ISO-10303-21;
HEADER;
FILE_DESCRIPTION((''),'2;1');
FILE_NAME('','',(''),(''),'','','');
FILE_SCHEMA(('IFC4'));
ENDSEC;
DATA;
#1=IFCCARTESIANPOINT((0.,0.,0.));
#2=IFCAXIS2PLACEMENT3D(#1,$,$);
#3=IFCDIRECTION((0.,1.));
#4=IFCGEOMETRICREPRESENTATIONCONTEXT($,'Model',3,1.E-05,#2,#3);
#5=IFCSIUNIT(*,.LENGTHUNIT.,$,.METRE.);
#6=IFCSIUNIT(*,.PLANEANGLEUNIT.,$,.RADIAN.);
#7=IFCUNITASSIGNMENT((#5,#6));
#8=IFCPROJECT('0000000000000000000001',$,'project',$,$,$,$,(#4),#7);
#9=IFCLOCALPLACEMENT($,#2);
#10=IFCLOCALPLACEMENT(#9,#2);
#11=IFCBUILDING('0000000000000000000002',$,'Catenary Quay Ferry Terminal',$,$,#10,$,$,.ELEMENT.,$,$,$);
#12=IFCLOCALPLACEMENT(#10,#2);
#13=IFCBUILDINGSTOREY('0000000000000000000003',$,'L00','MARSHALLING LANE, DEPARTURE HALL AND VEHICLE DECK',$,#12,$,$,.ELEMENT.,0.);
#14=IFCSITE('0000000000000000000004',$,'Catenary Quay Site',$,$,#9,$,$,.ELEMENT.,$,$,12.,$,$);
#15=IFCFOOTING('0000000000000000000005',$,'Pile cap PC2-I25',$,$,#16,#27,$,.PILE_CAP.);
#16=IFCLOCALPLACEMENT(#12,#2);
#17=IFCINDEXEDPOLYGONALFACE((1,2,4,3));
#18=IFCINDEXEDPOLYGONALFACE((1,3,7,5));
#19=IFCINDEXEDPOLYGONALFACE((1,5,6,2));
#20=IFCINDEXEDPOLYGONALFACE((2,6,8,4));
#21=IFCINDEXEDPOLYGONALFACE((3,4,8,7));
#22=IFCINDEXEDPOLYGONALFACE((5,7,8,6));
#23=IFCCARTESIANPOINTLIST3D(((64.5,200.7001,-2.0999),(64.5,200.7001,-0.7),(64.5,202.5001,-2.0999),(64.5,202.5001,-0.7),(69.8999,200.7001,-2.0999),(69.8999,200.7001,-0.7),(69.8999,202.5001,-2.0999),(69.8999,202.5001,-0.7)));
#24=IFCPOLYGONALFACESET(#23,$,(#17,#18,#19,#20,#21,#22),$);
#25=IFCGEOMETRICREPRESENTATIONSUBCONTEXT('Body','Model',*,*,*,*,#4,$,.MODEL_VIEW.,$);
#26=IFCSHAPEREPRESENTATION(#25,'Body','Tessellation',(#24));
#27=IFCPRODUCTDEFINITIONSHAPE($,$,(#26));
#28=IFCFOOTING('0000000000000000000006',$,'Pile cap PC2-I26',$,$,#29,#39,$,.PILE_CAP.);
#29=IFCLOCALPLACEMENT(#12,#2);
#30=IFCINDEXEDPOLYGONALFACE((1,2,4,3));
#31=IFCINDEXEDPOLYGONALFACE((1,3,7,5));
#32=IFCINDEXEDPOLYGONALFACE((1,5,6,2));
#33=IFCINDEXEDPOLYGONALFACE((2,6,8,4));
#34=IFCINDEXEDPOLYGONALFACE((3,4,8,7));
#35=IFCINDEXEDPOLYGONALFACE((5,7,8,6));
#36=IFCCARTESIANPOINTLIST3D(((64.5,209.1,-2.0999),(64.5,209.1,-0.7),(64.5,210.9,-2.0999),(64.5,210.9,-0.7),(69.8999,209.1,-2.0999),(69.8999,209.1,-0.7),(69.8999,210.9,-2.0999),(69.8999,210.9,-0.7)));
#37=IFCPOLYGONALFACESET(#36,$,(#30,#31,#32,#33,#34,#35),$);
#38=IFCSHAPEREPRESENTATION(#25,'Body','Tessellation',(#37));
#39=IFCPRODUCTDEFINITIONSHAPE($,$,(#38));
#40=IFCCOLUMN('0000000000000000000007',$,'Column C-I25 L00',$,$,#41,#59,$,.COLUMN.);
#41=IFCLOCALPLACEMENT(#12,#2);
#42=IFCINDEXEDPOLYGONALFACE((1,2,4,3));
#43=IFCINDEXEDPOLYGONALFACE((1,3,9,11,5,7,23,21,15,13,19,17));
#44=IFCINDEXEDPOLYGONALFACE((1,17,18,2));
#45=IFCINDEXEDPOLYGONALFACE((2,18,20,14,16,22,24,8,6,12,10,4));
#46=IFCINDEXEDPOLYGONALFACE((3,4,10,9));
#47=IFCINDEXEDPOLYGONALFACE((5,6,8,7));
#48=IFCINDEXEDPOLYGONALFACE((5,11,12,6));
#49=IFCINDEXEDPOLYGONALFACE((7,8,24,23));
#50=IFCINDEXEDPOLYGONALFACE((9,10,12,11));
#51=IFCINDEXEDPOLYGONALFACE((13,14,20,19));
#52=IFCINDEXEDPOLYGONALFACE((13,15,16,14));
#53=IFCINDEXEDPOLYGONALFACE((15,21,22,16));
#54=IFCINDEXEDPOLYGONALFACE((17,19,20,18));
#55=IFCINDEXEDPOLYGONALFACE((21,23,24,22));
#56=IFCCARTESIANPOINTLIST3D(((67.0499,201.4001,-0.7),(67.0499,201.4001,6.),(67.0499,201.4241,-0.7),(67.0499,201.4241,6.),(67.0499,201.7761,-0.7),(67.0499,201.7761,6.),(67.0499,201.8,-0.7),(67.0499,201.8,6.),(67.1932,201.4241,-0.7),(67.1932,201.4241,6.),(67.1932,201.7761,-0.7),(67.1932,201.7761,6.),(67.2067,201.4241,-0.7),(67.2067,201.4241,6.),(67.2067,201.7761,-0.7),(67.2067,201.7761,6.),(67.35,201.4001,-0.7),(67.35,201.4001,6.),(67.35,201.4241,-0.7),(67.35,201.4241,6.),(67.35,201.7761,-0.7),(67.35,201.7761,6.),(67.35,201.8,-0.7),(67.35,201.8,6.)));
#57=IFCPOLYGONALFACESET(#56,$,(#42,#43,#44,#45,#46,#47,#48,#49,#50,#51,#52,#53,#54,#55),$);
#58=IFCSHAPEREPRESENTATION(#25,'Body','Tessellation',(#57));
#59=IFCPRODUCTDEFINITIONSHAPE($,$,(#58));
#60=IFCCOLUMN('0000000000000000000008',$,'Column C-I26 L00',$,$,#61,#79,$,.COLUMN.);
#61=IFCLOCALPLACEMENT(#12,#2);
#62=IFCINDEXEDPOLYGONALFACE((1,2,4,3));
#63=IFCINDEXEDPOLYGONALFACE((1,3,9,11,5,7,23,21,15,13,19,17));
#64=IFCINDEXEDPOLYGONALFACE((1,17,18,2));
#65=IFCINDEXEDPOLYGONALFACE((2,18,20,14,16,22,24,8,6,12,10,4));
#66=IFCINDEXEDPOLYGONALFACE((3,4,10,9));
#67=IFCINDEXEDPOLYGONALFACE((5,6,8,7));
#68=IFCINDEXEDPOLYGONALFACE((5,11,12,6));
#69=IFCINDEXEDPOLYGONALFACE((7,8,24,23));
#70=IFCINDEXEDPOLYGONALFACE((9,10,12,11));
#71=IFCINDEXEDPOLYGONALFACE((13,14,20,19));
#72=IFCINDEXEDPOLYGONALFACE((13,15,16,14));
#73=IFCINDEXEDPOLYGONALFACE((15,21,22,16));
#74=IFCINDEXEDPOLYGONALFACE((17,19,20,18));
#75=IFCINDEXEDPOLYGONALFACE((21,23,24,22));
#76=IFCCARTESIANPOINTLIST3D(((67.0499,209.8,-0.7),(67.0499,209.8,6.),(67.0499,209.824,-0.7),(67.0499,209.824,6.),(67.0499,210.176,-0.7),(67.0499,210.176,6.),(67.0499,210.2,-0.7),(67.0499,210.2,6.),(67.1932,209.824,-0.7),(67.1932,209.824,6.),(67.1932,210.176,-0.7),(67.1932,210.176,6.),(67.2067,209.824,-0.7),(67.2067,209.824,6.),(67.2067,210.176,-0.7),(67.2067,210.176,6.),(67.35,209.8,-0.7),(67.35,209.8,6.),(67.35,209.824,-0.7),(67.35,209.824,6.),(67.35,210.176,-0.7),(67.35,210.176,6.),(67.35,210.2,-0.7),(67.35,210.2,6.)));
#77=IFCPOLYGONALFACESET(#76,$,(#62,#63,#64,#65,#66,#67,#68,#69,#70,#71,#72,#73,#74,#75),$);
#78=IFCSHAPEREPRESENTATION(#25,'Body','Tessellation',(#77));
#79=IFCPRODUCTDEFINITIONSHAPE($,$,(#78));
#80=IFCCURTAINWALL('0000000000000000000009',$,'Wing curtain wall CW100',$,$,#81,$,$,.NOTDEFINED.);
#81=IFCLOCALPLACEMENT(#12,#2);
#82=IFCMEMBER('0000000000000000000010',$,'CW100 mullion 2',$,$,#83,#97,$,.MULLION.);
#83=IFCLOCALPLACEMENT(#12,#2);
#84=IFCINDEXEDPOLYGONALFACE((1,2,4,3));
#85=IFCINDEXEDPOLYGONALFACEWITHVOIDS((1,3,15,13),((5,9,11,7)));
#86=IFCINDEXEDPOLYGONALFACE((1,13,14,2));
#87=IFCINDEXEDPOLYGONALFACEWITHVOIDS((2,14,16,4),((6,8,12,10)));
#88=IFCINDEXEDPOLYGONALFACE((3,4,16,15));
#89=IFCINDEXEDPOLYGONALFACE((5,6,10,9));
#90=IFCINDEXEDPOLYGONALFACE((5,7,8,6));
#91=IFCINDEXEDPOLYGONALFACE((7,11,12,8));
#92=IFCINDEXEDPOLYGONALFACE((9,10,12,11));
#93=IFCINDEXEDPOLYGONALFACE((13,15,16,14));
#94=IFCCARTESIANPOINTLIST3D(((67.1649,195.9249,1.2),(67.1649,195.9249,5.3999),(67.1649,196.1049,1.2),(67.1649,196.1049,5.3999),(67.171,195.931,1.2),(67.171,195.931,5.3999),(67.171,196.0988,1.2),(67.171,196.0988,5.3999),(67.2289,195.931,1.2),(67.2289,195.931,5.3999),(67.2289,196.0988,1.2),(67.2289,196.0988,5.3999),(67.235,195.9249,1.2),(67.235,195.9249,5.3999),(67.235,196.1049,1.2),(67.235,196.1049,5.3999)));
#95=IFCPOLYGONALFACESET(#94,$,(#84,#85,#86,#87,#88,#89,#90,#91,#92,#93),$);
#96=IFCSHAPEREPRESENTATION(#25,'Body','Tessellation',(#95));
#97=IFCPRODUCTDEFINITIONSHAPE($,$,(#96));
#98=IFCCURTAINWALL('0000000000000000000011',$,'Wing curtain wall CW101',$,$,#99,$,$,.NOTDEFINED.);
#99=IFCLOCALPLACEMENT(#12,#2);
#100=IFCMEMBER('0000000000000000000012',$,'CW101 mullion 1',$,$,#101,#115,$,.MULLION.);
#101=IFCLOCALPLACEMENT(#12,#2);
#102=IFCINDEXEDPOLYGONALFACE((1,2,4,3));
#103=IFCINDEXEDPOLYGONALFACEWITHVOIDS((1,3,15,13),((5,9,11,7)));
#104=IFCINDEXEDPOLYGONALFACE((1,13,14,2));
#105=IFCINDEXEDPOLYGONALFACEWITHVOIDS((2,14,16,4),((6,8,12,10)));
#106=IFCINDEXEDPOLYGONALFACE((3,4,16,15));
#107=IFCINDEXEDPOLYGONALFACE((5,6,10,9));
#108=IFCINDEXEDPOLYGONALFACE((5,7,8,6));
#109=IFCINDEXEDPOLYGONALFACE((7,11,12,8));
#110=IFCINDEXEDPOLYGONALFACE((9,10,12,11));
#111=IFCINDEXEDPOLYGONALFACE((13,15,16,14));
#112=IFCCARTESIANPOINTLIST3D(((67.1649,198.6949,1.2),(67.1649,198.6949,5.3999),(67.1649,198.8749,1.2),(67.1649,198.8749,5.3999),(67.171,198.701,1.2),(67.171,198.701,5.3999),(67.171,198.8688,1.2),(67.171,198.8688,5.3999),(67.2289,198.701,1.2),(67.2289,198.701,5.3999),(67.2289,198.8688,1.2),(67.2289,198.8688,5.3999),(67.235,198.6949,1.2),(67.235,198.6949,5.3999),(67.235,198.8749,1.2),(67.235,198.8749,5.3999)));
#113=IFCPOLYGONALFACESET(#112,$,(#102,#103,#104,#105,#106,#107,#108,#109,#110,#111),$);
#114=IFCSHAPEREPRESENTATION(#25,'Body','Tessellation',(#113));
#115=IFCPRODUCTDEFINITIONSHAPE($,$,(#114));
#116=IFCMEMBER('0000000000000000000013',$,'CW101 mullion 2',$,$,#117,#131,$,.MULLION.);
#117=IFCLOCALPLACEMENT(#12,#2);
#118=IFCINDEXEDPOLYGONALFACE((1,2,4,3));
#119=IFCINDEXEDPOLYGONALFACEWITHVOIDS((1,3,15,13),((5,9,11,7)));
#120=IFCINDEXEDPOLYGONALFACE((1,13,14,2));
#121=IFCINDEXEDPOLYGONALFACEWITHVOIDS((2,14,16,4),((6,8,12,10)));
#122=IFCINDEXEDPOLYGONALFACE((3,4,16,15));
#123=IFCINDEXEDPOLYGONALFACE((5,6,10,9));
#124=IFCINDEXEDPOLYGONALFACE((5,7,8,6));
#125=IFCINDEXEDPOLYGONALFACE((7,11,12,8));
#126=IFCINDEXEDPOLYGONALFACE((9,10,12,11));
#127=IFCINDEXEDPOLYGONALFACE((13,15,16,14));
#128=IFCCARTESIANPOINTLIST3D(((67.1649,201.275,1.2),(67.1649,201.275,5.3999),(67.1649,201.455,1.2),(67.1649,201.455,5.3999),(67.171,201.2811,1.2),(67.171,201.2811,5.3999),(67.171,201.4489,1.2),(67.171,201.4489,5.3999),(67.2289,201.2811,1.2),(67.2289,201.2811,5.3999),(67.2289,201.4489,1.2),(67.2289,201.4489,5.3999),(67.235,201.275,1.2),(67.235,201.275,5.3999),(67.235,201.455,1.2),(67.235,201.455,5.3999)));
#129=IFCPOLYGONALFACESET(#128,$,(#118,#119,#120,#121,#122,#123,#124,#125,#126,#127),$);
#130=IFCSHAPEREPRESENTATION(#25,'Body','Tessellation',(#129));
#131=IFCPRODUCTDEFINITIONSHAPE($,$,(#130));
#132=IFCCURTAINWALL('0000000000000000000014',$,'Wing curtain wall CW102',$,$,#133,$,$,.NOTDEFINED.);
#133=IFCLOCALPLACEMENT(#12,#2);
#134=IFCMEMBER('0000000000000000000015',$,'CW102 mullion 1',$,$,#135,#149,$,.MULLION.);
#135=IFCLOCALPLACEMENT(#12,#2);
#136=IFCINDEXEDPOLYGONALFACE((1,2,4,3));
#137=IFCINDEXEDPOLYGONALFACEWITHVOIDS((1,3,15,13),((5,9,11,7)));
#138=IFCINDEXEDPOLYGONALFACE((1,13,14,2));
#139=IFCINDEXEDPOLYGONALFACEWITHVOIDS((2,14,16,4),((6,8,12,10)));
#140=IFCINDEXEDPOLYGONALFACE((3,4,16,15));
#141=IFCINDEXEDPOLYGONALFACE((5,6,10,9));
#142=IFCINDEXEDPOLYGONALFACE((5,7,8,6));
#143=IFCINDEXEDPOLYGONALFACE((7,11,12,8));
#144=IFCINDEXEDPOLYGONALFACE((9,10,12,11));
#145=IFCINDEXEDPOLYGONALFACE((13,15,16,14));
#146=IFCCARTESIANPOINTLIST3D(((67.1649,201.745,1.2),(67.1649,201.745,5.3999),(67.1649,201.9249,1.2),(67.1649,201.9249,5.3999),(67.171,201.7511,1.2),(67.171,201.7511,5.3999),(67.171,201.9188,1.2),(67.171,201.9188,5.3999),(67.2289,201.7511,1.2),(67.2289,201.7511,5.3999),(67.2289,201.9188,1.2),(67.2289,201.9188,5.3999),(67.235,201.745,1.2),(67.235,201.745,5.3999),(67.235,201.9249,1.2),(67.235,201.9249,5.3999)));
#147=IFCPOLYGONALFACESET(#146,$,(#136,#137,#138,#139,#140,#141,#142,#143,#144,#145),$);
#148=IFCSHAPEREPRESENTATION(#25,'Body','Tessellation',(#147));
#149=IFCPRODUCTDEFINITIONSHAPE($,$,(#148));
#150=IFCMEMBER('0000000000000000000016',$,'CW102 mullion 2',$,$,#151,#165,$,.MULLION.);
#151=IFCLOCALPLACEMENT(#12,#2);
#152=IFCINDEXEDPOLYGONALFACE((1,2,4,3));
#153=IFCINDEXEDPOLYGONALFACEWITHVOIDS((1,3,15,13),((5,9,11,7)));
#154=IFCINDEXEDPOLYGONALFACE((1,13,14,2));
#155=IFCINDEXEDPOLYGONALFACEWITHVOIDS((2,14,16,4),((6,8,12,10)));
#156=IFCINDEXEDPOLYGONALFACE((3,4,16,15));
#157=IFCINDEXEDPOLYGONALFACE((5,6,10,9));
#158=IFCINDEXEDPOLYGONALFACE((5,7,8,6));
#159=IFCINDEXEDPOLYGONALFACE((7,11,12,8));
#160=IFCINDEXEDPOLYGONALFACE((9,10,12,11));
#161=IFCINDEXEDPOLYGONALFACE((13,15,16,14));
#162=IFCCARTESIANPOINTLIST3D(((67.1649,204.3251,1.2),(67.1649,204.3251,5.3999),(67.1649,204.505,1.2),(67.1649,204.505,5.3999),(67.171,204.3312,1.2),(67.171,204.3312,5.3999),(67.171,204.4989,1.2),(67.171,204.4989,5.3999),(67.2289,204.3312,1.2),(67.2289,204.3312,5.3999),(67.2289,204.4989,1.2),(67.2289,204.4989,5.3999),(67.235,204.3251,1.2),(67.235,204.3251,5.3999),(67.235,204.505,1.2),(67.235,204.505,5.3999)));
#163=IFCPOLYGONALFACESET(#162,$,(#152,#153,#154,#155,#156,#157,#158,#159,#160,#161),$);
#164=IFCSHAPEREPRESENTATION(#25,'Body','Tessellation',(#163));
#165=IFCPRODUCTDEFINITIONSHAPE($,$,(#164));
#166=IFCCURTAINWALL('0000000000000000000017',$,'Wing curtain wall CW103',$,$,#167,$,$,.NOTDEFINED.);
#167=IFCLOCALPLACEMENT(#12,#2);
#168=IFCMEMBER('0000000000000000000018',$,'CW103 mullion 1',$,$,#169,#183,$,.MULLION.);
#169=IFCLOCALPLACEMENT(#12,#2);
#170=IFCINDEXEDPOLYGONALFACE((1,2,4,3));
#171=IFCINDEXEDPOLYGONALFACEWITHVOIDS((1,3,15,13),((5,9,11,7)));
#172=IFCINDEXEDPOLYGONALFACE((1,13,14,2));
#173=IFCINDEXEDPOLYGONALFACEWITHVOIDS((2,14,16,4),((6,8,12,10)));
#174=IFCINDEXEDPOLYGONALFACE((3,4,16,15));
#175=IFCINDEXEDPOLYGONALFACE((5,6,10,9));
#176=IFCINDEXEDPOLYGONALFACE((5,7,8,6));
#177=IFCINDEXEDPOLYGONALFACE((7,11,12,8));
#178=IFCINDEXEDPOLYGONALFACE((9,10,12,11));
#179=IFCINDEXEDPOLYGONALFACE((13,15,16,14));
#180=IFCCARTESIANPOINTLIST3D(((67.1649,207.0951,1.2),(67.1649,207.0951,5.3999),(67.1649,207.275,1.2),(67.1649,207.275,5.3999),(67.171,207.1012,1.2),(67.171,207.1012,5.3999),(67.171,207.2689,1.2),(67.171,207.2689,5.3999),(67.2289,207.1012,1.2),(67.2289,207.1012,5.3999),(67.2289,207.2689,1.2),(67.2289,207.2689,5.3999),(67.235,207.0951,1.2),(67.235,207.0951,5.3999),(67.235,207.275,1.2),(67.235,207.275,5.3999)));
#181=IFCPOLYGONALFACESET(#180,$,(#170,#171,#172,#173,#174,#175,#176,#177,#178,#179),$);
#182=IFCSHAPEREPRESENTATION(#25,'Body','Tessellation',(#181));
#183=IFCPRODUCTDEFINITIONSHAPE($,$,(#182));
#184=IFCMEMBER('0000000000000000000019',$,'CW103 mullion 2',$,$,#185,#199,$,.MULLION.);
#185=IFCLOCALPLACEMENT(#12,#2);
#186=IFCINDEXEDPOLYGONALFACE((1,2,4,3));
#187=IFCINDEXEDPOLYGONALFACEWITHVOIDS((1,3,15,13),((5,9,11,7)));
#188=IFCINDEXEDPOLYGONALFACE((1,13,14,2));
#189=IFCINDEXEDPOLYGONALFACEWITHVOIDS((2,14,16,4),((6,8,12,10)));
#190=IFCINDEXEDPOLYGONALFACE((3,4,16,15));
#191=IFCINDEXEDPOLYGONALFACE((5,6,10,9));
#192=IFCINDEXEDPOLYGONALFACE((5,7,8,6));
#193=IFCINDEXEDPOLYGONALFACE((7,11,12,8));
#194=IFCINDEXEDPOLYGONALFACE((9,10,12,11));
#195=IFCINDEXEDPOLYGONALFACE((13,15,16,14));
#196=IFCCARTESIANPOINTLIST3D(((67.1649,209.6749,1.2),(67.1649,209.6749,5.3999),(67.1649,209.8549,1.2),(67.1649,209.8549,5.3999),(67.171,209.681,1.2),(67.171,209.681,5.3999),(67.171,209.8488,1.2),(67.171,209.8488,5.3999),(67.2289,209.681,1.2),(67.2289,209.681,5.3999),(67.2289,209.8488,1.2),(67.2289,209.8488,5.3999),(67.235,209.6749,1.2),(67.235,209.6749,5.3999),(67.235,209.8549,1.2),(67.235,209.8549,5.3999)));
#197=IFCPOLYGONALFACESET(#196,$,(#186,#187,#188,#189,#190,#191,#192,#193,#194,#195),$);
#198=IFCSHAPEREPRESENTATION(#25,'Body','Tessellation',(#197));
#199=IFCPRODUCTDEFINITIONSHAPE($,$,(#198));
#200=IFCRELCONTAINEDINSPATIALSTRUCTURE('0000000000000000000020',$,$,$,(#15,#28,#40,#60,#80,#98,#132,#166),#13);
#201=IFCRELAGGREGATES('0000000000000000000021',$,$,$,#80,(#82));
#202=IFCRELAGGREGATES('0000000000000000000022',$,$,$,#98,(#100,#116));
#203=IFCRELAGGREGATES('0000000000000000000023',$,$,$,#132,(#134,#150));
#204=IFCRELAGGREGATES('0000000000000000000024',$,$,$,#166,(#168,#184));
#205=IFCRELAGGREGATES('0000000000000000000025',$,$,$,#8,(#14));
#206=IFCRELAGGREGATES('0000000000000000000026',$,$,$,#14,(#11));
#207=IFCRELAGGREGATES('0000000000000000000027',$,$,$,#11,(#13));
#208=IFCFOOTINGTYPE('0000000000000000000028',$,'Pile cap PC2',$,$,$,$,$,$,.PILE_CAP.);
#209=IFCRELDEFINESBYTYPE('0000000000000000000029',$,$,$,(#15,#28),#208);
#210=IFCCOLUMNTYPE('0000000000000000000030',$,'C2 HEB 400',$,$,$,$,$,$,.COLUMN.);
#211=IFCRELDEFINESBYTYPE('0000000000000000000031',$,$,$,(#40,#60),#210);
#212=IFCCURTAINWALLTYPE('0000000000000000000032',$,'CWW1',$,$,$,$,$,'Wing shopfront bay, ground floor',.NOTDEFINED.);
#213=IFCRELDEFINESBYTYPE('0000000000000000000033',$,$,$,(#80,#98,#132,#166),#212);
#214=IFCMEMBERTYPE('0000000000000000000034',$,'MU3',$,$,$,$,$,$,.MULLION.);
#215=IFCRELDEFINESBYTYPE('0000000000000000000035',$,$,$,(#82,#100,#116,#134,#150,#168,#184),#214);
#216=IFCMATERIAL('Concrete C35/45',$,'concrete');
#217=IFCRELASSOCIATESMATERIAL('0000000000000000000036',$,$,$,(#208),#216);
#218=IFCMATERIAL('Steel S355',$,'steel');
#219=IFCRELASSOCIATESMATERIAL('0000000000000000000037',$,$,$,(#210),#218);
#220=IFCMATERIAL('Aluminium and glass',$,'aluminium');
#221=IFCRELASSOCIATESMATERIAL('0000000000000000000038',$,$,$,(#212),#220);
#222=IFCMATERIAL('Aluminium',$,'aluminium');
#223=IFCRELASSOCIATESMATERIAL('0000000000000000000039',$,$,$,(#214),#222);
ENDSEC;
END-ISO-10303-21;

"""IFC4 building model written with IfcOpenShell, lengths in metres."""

from ifc_helpers import new_model, si_unit, direction, frame, origin, origin_2d, place, context, subcontext, project, spatial, rectangle, hollow_rectangle, i_section, extrude, material, material_profile, profile_set, type_object, element, aggregate, save


model = new_model("IFC4")

# Units and contexts
model_context = context("Model", 3, precision=1e-05, world=origin(), true_north=direction((0.0, 1.0)))
body_context = subcontext(model_context, "Body", "Model", "MODEL_VIEW")
ifc_project = project(units=[si_unit("LENGTHUNIT", "METRE"), si_unit("PLANEANGLEUNIT", "RADIAN")], contexts=[model_context])

# Site, building, storey
site_placement = place(None, origin())
site = spatial("IfcSite", under=ifc_project, at=site_placement, Name="Catenary Quay Site", CompositionType="ELEMENT", RefElevation=12.0)
building_placement = place(site_placement, origin())
building = spatial("IfcBuilding", under=site, at=building_placement, Name="Catenary Quay Ferry Terminal", CompositionType="ELEMENT")
storey_placement = place(building_placement, origin())
storey = spatial("IfcBuildingStorey", under=building, at=storey_placement, Name="L00", Description="MARSHALLING LANE, DEPARTURE HALL AND VEHICLE DECK", CompositionType="ELEMENT", Elevation=0.0)

# Footings
ifc_material_1 = material(Name="Concrete C35/45", Category="concrete")
footing_type = type_object("IfcFootingType", Name="Pile cap PC2", PredefinedType="PILE_CAP", material=ifc_material_1)
for number, where, z_axis, x_axis, name in (
    (1, (67.2, 201.6001, -2.0999), (0.0, 0.0, 1.0), (1.0, 0.0, 0.0), "Pile cap PC2-I25"),
    (2, (67.2, 210.0, -2.0999), (0.0, 0.0, 1.0), (1.0, 0.0, 0.0), "Pile cap PC2-I26"),
):
    element("IfcFooting", number, at=place(storey_placement, frame(where, z_axis=z_axis, x_axis=x_axis)), inside=storey, type_object=footing_type, Name=name, PredefinedType="PILE_CAP", context=body_context, shape_type="SweptSolid", body=[
        extrude(rectangle(XDim=5.3999, YDim=1.8, at=origin_2d()), origin(), (0.0, 0.0, 1.0), 1.3999),
    ])

# Columns
ifc_material_2 = material(Name="Steel S355", Category="steel")
ifc_material_profile_1 = material_profile(ifc_material_2, i_section(OverallWidth=0.3, OverallDepth=0.3999, WebThickness=0.0134, FlangeThickness=0.0239, at=origin_2d()), Name="HEB 400")
ifc_profile_set_1 = profile_set([ifc_material_profile_1], Name="Steel S355")
column_type = type_object("IfcColumnType", Name="C2 HEB 400", PredefinedType="COLUMN", material=ifc_profile_set_1)
for number, where, z_axis, x_axis, name in (
    (3, (67.2, 201.6001, -0.7), (0.0, 0.0, 1.0), (1.0, 0.0, 0.0), "Column C-I25 L00"),
    (4, (67.2, 210.0, -0.7), (0.0, 0.0, 1.0), (1.0, 0.0, 0.0), "Column C-I26 L00"),
):
    element("IfcColumn", number, at=place(storey_placement, frame(where, z_axis=z_axis, x_axis=x_axis)), inside=storey, type_object=column_type, Name=name, PredefinedType="COLUMN", context=body_context, shape_type="SweptSolid", body=[
        extrude(i_section(OverallWidth=0.3, OverallDepth=0.3999, WebThickness=0.0134, FlangeThickness=0.0239, at=origin_2d()), origin(), (0.0, 0.0, 1.0), 6.7),
    ])

# Curtain wall, member
ifc_material_3 = material(Name="Aluminium and glass", Category="aluminium")
curtain_wall_type = type_object("IfcCurtainWallType", Name="CWW1", ElementType="Wing shopfront bay, ground floor", PredefinedType="NOTDEFINED", material=ifc_material_3)
curtain_wall_1_placement = place(storey_placement, origin())
curtain_wall_1 = element("IfcCurtainWall", 5, at=curtain_wall_1_placement, inside=storey, type_object=curtain_wall_type, Name="Wing curtain wall CW100", PredefinedType="NOTDEFINED")
ifc_material_4 = material(Name="Aluminium", Category="aluminium")
ifc_material_profile_2 = material_profile(ifc_material_4, hollow_rectangle(XDim=0.0701, YDim=0.1799, WallThickness=0.0061, at=origin_2d()), Name="MU3")
ifc_profile_set_2 = profile_set([ifc_material_profile_2], Name="Aluminium")
member_type_1 = type_object("IfcMemberType", Name="MU3", PredefinedType="MULLION", material=ifc_profile_set_2)
member_1_placement = place(storey_placement, frame((67.2, 196.0149, 1.2), z_axis=(0.0, 0.0, 1.0), x_axis=(-1.0, 0.0, 0.0)))
member_1 = element("IfcMember", 6, at=member_1_placement, type_object=member_type_1, Name="CW100 mullion 2", PredefinedType="MULLION", context=body_context, shape_type="SweptSolid", body=[
    extrude(hollow_rectangle(XDim=0.0701, YDim=0.1799, WallThickness=0.0061, at=origin_2d()), origin(), (0.0, 0.0, 1.0), 4.2),
])
aggregate(curtain_wall_1, [member_1])

# Curtain walls, members
curtain_wall_2_placement = place(storey_placement, origin())
curtain_wall_2 = element("IfcCurtainWall", 7, at=curtain_wall_2_placement, inside=storey, type_object=curtain_wall_type, Name="Wing curtain wall CW101", PredefinedType="NOTDEFINED")
member_2_placement = place(storey_placement, frame((67.2, 198.7849, 1.2), z_axis=(0.0, 0.0, 1.0), x_axis=(-1.0, 0.0, 0.0)))
member_2 = element("IfcMember", 8, at=member_2_placement, type_object=member_type_1, Name="CW101 mullion 1", PredefinedType="MULLION", context=body_context, shape_type="SweptSolid", body=[
    extrude(hollow_rectangle(XDim=0.0701, YDim=0.1799, WallThickness=0.0061, at=origin_2d()), origin(), (0.0, 0.0, 1.0), 4.2),
])
member_3_placement = place(storey_placement, frame((67.2, 201.365, 1.2), z_axis=(0.0, 0.0, 1.0), x_axis=(-1.0, 0.0, 0.0)))
member_3 = element("IfcMember", 9, at=member_3_placement, type_object=member_type_1, Name="CW101 mullion 2", PredefinedType="MULLION", context=body_context, shape_type="SweptSolid", body=[
    extrude(hollow_rectangle(XDim=0.0701, YDim=0.1799, WallThickness=0.0061, at=origin_2d()), origin(), (0.0, 0.0, 1.0), 4.2),
])
curtain_wall_3_placement = place(storey_placement, origin())
curtain_wall_3 = element("IfcCurtainWall", 10, at=curtain_wall_3_placement, inside=storey, type_object=curtain_wall_type, Name="Wing curtain wall CW102", PredefinedType="NOTDEFINED")
member_4_placement = place(storey_placement, frame((67.2, 201.835, 1.2), z_axis=(0.0, 0.0, 1.0), x_axis=(-1.0, 0.0, 0.0)))
member_4 = element("IfcMember", 11, at=member_4_placement, type_object=member_type_1, Name="CW102 mullion 1", PredefinedType="MULLION", context=body_context, shape_type="SweptSolid", body=[
    extrude(hollow_rectangle(XDim=0.0701, YDim=0.1799, WallThickness=0.0061, at=origin_2d()), origin(), (0.0, 0.0, 1.0), 4.2),
])
member_5_placement = place(storey_placement, frame((67.2, 204.415, 1.2), z_axis=(0.0, 0.0, 1.0), x_axis=(-1.0, 0.0, 0.0)))
member_5 = element("IfcMember", 12, at=member_5_placement, type_object=member_type_1, Name="CW102 mullion 2", PredefinedType="MULLION", context=body_context, shape_type="SweptSolid", body=[
    extrude(hollow_rectangle(XDim=0.0701, YDim=0.1799, WallThickness=0.0061, at=origin_2d()), origin(), (0.0, 0.0, 1.0), 4.2),
])
curtain_wall_4_placement = place(storey_placement, origin())
curtain_wall_4 = element("IfcCurtainWall", 13, at=curtain_wall_4_placement, inside=storey, type_object=curtain_wall_type, Name="Wing curtain wall CW103", PredefinedType="NOTDEFINED")
member_6_placement = place(storey_placement, frame((67.2, 207.1851, 1.2), z_axis=(0.0, 0.0, 1.0), x_axis=(-1.0, 0.0, 0.0)))
member_6 = element("IfcMember", 14, at=member_6_placement, type_object=member_type_1, Name="CW103 mullion 1", PredefinedType="MULLION", context=body_context, shape_type="SweptSolid", body=[
    extrude(hollow_rectangle(XDim=0.0701, YDim=0.1799, WallThickness=0.0061, at=origin_2d()), origin(), (0.0, 0.0, 1.0), 4.2),
])
member_7_placement = place(storey_placement, frame((67.2, 209.7649, 1.2), z_axis=(0.0, 0.0, 1.0), x_axis=(-1.0, 0.0, 0.0)))
member_7 = element("IfcMember", 15, at=member_7_placement, type_object=member_type_1, Name="CW103 mullion 2", PredefinedType="MULLION", context=body_context, shape_type="SweptSolid", body=[
    extrude(hollow_rectangle(XDim=0.0701, YDim=0.1799, WallThickness=0.0061, at=origin_2d()), origin(), (0.0, 0.0, 1.0), 4.2),
])

aggregate(curtain_wall_2, [member_2, member_3])
aggregate(curtain_wall_3, [member_4, member_5])
aggregate(curtain_wall_4, [member_6, member_7])

save(model, "model.ifc")
